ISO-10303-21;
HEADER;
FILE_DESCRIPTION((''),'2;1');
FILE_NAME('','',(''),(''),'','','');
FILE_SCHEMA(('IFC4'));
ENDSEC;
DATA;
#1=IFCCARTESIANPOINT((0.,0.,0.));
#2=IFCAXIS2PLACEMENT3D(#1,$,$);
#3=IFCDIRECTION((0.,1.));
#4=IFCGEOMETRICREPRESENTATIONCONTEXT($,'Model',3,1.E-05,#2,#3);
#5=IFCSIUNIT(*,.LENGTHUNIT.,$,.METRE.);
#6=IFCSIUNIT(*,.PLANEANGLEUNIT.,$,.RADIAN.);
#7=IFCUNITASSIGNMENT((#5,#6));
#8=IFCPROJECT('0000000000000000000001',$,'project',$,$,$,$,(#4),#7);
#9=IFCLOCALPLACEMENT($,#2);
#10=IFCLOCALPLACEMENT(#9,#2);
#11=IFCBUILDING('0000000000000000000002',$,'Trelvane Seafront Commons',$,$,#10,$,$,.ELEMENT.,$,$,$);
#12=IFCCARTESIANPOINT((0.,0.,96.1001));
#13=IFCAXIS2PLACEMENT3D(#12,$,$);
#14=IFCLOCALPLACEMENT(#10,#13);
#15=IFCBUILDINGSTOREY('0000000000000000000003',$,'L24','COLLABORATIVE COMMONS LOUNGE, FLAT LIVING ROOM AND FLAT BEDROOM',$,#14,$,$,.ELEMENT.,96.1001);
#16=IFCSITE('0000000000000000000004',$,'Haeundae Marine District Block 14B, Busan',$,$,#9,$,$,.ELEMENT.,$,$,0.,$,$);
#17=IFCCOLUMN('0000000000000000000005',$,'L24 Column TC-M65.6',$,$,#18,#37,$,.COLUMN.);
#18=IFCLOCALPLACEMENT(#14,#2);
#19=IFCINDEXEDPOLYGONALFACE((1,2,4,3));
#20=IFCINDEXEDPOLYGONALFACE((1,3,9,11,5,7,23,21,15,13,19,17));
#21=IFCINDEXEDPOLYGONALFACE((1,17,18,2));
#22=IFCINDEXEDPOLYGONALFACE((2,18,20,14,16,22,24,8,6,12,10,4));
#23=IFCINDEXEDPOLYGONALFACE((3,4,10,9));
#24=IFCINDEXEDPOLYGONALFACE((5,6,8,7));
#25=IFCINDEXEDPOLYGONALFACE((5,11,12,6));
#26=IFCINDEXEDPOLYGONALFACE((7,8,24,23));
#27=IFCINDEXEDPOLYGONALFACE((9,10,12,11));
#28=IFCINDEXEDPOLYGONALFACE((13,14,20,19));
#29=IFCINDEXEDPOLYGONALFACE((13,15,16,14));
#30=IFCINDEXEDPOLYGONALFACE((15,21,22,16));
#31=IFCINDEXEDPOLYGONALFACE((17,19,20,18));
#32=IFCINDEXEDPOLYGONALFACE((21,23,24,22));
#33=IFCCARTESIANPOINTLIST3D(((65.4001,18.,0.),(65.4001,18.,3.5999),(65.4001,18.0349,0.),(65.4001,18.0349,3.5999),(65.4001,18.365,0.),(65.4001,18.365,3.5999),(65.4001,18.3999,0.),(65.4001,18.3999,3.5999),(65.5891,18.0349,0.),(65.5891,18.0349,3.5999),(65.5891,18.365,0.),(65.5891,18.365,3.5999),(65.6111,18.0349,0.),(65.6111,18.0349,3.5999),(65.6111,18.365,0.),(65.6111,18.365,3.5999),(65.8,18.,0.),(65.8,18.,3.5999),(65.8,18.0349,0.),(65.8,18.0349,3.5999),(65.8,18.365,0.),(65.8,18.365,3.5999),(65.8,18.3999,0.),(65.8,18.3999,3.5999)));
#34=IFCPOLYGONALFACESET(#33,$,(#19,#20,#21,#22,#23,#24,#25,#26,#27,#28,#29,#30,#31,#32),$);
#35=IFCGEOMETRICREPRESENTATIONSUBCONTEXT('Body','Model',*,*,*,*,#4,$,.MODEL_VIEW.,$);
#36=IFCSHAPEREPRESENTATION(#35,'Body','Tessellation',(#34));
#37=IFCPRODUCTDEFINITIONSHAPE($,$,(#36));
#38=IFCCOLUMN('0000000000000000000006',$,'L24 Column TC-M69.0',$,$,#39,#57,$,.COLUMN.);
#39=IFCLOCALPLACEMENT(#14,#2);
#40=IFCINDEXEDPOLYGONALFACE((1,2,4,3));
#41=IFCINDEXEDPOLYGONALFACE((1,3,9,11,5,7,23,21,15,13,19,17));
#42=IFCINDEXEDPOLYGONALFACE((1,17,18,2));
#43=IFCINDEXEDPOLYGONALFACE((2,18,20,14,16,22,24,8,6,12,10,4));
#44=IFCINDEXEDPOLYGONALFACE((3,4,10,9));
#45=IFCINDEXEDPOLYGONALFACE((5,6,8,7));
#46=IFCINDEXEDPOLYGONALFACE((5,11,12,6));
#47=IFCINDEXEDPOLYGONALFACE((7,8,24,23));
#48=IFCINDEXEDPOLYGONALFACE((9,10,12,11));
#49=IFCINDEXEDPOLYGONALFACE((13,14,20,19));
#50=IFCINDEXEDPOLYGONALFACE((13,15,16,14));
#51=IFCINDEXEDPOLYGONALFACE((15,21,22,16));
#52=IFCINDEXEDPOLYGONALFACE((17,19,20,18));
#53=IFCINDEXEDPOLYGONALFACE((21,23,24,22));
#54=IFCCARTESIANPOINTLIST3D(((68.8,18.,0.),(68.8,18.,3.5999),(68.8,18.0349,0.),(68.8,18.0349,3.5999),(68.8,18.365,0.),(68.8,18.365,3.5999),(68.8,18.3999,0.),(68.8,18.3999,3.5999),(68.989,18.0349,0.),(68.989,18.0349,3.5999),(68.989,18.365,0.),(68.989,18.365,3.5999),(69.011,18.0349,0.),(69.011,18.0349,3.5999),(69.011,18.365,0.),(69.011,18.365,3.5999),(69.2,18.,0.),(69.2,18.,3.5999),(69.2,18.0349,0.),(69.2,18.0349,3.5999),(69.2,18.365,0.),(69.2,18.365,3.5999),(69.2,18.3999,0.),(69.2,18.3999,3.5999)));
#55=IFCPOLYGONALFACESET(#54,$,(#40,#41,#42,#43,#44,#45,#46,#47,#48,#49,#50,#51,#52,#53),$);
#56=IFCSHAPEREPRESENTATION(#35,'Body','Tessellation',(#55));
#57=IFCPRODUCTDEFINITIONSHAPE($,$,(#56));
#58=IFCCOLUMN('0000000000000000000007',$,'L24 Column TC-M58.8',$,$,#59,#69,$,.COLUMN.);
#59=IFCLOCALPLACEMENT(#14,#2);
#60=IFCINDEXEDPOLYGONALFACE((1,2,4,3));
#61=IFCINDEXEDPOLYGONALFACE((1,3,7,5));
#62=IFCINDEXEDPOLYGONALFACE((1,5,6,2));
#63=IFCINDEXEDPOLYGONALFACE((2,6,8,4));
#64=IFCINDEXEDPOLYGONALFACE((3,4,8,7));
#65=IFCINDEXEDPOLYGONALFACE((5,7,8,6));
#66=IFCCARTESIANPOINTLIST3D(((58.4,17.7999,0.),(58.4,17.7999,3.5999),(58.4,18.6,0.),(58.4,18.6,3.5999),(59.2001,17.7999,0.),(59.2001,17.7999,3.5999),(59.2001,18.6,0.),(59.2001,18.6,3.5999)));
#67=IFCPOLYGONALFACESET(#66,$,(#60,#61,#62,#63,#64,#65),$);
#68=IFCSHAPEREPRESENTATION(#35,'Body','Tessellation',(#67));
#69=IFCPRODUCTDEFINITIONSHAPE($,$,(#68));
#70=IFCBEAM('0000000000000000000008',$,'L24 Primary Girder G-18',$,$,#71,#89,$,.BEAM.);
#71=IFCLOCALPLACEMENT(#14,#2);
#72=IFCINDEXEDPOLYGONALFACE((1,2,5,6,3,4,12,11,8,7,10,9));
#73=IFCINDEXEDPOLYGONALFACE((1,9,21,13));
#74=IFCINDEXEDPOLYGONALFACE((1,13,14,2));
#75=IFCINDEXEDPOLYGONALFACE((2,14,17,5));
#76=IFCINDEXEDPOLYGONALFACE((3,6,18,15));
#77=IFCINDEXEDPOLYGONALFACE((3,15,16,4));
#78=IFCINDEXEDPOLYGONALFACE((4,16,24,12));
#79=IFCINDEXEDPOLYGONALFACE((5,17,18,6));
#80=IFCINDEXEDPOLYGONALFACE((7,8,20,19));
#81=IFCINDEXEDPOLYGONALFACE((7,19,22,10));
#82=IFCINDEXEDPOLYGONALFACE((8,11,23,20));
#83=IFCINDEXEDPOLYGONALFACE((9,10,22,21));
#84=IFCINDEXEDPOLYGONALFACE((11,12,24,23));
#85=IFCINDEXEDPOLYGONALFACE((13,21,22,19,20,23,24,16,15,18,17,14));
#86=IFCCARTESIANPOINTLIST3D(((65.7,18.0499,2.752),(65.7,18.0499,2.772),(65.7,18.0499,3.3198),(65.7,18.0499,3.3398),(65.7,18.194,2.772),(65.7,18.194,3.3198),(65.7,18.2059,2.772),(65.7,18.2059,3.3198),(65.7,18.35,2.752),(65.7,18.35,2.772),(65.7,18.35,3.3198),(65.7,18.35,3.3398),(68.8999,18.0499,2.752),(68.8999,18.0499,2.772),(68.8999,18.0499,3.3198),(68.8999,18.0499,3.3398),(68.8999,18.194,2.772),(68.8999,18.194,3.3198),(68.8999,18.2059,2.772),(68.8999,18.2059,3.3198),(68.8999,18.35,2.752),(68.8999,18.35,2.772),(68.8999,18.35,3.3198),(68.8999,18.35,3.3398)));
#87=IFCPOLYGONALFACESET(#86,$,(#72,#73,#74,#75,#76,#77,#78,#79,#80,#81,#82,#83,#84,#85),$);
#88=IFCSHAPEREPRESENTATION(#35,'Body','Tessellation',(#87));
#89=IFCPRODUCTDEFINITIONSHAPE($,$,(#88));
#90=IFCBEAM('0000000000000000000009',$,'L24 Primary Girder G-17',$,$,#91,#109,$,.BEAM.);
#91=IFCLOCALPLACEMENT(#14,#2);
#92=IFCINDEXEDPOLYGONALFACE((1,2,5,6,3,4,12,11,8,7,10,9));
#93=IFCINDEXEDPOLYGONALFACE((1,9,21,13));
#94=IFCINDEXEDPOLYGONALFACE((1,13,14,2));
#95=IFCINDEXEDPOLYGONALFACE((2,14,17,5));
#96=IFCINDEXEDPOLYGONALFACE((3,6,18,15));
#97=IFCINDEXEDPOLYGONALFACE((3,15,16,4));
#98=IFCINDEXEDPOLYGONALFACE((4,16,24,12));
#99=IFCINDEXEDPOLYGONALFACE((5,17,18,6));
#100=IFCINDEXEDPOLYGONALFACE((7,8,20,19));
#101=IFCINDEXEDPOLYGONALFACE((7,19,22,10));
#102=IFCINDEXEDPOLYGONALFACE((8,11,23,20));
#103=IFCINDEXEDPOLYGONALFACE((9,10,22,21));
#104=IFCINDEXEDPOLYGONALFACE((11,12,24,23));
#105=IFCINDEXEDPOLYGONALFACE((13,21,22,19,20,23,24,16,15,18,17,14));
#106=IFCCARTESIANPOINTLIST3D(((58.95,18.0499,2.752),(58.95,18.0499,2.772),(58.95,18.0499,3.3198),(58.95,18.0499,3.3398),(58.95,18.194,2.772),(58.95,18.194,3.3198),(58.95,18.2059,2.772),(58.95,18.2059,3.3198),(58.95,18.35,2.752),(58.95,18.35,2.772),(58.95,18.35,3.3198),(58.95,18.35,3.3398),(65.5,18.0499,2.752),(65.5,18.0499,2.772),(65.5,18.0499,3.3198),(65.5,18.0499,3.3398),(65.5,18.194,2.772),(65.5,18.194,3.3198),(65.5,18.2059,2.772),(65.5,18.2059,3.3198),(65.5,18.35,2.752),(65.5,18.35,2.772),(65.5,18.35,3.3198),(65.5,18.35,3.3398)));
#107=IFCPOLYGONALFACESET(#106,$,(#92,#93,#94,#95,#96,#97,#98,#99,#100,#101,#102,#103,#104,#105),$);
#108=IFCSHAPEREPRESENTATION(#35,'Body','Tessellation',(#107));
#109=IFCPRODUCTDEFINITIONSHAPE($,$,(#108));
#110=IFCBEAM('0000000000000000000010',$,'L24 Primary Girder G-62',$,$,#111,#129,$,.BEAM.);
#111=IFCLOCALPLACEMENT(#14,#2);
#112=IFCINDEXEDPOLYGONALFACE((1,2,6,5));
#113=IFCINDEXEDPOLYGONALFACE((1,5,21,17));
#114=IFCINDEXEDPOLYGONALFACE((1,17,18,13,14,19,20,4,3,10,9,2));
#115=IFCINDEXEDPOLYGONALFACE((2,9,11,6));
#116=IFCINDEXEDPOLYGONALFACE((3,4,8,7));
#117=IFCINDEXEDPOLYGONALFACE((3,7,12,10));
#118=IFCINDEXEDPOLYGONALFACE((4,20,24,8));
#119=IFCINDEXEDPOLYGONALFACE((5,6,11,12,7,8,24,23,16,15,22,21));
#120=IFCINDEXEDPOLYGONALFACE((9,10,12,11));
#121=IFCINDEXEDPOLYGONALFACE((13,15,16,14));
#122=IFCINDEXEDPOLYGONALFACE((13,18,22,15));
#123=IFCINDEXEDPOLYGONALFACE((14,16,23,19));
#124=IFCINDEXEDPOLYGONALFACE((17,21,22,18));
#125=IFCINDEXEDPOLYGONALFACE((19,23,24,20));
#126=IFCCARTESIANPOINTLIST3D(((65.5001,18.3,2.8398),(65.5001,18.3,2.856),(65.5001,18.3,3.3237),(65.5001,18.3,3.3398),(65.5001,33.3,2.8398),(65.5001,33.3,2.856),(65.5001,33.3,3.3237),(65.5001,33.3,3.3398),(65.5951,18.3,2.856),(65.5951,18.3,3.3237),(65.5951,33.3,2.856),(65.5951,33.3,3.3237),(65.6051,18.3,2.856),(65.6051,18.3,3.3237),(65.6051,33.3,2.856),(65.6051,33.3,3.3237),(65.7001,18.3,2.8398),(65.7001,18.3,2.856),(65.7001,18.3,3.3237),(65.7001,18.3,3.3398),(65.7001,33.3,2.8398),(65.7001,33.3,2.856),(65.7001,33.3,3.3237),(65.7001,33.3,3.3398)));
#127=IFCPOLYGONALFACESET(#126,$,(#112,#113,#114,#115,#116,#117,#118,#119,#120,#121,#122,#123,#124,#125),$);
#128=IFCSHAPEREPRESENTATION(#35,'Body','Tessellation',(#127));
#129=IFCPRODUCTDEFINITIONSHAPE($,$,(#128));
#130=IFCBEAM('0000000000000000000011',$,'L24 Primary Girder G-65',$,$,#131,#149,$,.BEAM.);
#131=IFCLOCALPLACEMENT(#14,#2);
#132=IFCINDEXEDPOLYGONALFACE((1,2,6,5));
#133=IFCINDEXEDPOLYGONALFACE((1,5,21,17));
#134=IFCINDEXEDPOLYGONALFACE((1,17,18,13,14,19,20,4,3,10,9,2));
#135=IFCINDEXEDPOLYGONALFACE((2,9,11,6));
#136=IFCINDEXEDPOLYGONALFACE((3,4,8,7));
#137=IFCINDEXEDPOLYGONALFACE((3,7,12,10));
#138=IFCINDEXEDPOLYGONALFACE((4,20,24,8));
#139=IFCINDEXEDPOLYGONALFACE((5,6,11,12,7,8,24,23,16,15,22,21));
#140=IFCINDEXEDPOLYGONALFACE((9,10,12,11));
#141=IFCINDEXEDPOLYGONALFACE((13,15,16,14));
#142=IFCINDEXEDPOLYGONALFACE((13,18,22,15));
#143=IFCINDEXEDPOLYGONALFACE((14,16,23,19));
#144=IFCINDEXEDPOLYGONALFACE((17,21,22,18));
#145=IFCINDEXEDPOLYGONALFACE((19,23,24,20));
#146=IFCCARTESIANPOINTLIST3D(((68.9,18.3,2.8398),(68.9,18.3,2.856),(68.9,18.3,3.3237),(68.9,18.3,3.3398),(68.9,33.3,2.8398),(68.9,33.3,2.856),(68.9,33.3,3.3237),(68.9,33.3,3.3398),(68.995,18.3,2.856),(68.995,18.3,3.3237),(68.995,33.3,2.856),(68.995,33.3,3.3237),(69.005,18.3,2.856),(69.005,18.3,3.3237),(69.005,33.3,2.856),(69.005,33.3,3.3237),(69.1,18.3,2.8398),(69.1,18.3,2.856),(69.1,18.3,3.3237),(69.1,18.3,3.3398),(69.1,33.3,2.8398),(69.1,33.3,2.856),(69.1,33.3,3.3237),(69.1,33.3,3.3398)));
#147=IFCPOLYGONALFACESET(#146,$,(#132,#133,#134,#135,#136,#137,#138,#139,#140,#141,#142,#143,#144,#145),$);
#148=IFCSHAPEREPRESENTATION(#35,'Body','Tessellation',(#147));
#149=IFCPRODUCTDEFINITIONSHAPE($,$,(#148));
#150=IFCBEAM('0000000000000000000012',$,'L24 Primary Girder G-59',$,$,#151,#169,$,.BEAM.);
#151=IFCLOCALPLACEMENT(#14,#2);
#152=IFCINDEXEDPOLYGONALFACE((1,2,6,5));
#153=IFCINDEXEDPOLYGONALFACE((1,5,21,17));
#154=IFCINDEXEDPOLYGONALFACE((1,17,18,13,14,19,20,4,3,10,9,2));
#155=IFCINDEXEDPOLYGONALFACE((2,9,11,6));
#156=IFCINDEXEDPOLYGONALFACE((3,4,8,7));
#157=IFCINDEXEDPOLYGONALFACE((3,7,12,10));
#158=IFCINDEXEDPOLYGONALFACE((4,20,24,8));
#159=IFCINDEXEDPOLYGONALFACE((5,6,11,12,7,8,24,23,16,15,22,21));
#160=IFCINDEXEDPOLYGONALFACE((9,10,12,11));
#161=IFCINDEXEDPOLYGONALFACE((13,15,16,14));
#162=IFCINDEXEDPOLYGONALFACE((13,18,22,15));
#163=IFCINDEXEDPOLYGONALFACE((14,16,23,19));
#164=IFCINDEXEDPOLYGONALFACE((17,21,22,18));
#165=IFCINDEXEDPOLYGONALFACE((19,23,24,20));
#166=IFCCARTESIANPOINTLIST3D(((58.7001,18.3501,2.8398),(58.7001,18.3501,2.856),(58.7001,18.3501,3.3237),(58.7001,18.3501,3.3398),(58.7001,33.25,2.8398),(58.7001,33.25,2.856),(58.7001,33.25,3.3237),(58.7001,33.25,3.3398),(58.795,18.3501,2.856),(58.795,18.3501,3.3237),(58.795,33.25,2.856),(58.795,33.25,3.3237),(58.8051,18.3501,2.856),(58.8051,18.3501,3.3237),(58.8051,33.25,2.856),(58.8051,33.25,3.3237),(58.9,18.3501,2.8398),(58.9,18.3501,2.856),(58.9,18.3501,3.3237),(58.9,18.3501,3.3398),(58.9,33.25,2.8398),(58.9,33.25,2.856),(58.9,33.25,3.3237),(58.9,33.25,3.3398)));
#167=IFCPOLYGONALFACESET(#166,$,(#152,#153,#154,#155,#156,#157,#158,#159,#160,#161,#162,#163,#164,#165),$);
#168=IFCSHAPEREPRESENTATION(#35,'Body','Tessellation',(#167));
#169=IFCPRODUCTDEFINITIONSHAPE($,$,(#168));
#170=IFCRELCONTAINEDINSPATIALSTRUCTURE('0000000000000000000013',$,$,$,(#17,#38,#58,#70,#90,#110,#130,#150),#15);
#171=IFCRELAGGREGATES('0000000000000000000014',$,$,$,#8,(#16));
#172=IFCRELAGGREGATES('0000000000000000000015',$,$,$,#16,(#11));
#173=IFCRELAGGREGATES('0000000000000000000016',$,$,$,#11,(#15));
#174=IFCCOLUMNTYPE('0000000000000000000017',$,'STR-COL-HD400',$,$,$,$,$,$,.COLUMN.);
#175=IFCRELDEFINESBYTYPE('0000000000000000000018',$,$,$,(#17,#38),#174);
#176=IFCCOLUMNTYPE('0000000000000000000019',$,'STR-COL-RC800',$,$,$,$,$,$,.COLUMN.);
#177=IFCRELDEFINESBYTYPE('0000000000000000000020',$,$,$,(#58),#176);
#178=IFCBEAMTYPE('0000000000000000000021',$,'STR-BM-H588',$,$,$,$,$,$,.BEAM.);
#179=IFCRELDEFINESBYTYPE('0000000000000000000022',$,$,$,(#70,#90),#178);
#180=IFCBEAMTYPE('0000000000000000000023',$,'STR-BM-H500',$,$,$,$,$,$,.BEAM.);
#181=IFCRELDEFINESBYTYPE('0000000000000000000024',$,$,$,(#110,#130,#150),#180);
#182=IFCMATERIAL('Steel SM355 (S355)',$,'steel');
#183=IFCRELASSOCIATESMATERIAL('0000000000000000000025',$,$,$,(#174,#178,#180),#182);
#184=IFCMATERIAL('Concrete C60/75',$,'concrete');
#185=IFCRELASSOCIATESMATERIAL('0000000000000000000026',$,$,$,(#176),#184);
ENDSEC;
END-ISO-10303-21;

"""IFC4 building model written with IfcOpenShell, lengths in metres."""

from ifc_helpers import new_model, si_unit, direction, frame, origin, origin_2d, place, context, subcontext, project, spatial, rectangle, i_section, extrude, source, transform, mapped, material, material_profile, profile_set, type_object, element, save


model = new_model("IFC4")

# Units and contexts
model_context = context("Model", 3, precision=1e-05, world=origin(), true_north=direction((0.0, 1.0)))
body_context = subcontext(model_context, "Body", "Model", "MODEL_VIEW")
ifc_project = project(units=[si_unit("LENGTHUNIT", "METRE"), si_unit("PLANEANGLEUNIT", "RADIAN")], contexts=[model_context])

# Site, building, storey
site_placement = place(None, origin())
site = spatial("IfcSite", under=ifc_project, at=site_placement, Name="Haeundae Marine District Block 14B, Busan", CompositionType="ELEMENT", RefElevation=0.0)
building_placement = place(site_placement, origin())
building = spatial("IfcBuilding", under=site, at=building_placement, Name="Trelvane Seafront Commons", CompositionType="ELEMENT")
storey_placement = place(building_placement, frame((0.0, 0.0, 96.1001)))
storey = spatial("IfcBuildingStorey", under=building, at=storey_placement, Name="L24", Description="COLLABORATIVE COMMONS LOUNGE, FLAT LIVING ROOM AND FLAT BEDROOM", CompositionType="ELEMENT", Elevation=96.1001)

# Columns
ifc_material_1 = material(Name="Steel SM355 (S355)", Category="steel")
ifc_material_profile_1 = material_profile(ifc_material_1, i_section(OverallWidth=0.3999, OverallDepth=0.3999, WebThickness=0.022, FlangeThickness=0.0349, at=origin_2d()), Name="HD-400x400x22x35")
ifc_profile_set_1 = profile_set([ifc_material_profile_1], Name="Steel SM355 (S355)")
column_type_1 = type_object("IfcColumnType", Name="STR-COL-HD400", PredefinedType="COLUMN", material=ifc_profile_set_1)
shared_shape_1 = source(origin(), body_context, "Body", "SweptSolid", [
    extrude(i_section(OverallWidth=0.3999, OverallDepth=0.3999, WebThickness=0.022, FlangeThickness=0.0349, at=origin_2d()), origin(), (0.0, 0.0, 1.0), 3.5999),
])
for number, where, z_axis, x_axis, name in (
    (1, (65.6001, 18.2, 0.0), (0.0, 0.0, 1.0), (1.0, 0.0, 0.0), "L24 Column TC-M65.6"),
    (2, (69.0, 18.2, 0.0), (0.0, 0.0, 1.0), (1.0, 0.0, 0.0), "L24 Column TC-M69.0"),
):
    element("IfcColumn", number, at=place(storey_placement, frame(where, z_axis=z_axis, x_axis=x_axis)), inside=storey, type_object=column_type_1, Name=name, PredefinedType="COLUMN", context=body_context, shape_type="MappedRepresentation", body=[
        mapped(shared_shape_1, transform((0.0, 0.0, 0.0), x_axis=(1.0, 0.0, 0.0), y_axis=(0.0, 1.0, 0.0), z_axis=(0.0, 0.0, 1.0), scale=1.0)),
    ])
ifc_material_2 = material(Name="Concrete C60/75", Category="concrete")
ifc_material_profile_2 = material_profile(ifc_material_2, rectangle(XDim=0.8, YDim=0.8, at=origin_2d()), Name="RC-800x800")
ifc_profile_set_2 = profile_set([ifc_material_profile_2], Name="Concrete C60/75")
column_type_2 = type_object("IfcColumnType", Name="STR-COL-RC800", PredefinedType="COLUMN", material=ifc_profile_set_2)
shared_shape_2 = source(origin(), body_context, "Body", "SweptSolid", [
    extrude(rectangle(XDim=0.8, YDim=0.8, at=origin_2d()), origin(), (0.0, 0.0, 1.0), 3.5999),
])
column_placement = place(storey_placement, frame((58.8, 18.2, 0.0), z_axis=(0.0, 0.0, 1.0), x_axis=(1.0, 0.0, 0.0)))
element("IfcColumn", 3, at=column_placement, inside=storey, type_object=column_type_2, Name="L24 Column TC-M58.8", PredefinedType="COLUMN", context=body_context, shape_type="MappedRepresentation", body=[
    mapped(shared_shape_2, transform((0.0, 0.0, 0.0), x_axis=(1.0, 0.0, 0.0), y_axis=(0.0, 1.0, 0.0), z_axis=(0.0, 0.0, 1.0), scale=1.0)),
])

# Beams
ifc_material_profile_3 = material_profile(ifc_material_1, i_section(OverallWidth=0.3, OverallDepth=0.5879, WebThickness=0.012, FlangeThickness=0.02, at=origin_2d()), Name="H-588x300x12x20")
ifc_profile_set_3 = profile_set([ifc_material_profile_3], Name="Steel SM355 (S355)")
beam_type_1 = type_object("IfcBeamType", Name="STR-BM-H588", PredefinedType="BEAM", material=ifc_profile_set_3)
shared_shape_3 = source(origin(), body_context, "Body", "SweptSolid", [
    extrude(i_section(OverallWidth=0.3, OverallDepth=0.5879, WebThickness=0.012, FlangeThickness=0.02, at=origin_2d()), origin(), (0.0, 0.0, 1.0), 3.2),
])
beam_1_placement = place(storey_placement, frame((65.7, 18.2, 3.0459), z_axis=(1.0, 0.0, 0.0), x_axis=(0.0, 1.0, 0.0)))
element("IfcBeam", 4, at=beam_1_placement, inside=storey, type_object=beam_type_1, Name="L24 Primary Girder G-18", PredefinedType="BEAM", context=body_context, shape_type="MappedRepresentation", body=[
    mapped(shared_shape_3, transform((0.0, 0.0, 0.0), x_axis=(1.0, 0.0, 0.0), y_axis=(0.0, 1.0, 0.0), z_axis=(0.0, 0.0, 1.0), scale=1.0)),
])
shared_shape_4 = source(origin(), body_context, "Body", "SweptSolid", [
    extrude(i_section(OverallWidth=0.3, OverallDepth=0.5879, WebThickness=0.012, FlangeThickness=0.02, at=origin_2d()), origin(), (0.0, 0.0, 1.0), 6.55),
])
beam_2_placement = place(storey_placement, frame((58.95, 18.2, 3.0459), z_axis=(1.0, 0.0, 0.0), x_axis=(0.0, 1.0, 0.0)))
element("IfcBeam", 5, at=beam_2_placement, inside=storey, type_object=beam_type_1, Name="L24 Primary Girder G-17", PredefinedType="BEAM", context=body_context, shape_type="MappedRepresentation", body=[
    mapped(shared_shape_4, transform((0.0, 0.0, 0.0), x_axis=(1.0, 0.0, 0.0), y_axis=(0.0, 1.0, 0.0), z_axis=(0.0, 0.0, 1.0), scale=1.0)),
])
ifc_material_profile_4 = material_profile(ifc_material_1, i_section(OverallWidth=0.2, OverallDepth=0.5, WebThickness=0.01, FlangeThickness=0.0161, at=origin_2d()), Name="H-500x200x10x16")
ifc_profile_set_4 = profile_set([ifc_material_profile_4], Name="Steel SM355 (S355)")
beam_type_2 = type_object("IfcBeamType", Name="STR-BM-H500", PredefinedType="BEAM", material=ifc_profile_set_4)
shared_shape_5 = source(origin(), body_context, "Body", "SweptSolid", [
    extrude(i_section(OverallWidth=0.2, OverallDepth=0.5, WebThickness=0.01, FlangeThickness=0.0161, at=origin_2d()), origin(), (0.0, 0.0, 1.0), 15.0),
])
for number, where, z_axis, x_axis, name in (
    (6, (65.6001, 18.3, 3.0898), (0.0, 1.0, 0.0), (-1.0, 0.0, 0.0), "L24 Primary Girder G-62"),
    (7, (69.0, 18.3, 3.0898), (0.0, 1.0, 0.0), (-1.0, 0.0, 0.0), "L24 Primary Girder G-65"),
):
    element("IfcBeam", number, at=place(storey_placement, frame(where, z_axis=z_axis, x_axis=x_axis)), inside=storey, type_object=beam_type_2, Name=name, PredefinedType="BEAM", context=body_context, shape_type="MappedRepresentation", body=[
        mapped(shared_shape_5, transform((0.0, 0.0, 0.0), x_axis=(1.0, 0.0, 0.0), y_axis=(0.0, 1.0, 0.0), z_axis=(0.0, 0.0, 1.0), scale=1.0)),
    ])
shared_shape_6 = source(origin(), body_context, "Body", "SweptSolid", [
    extrude(i_section(OverallWidth=0.2, OverallDepth=0.5, WebThickness=0.01, FlangeThickness=0.0161, at=origin_2d()), origin(), (0.0, 0.0, 1.0), 14.8999),
])
beam_3_placement = place(storey_placement, frame((58.8, 18.3501, 3.0898), z_axis=(0.0, 1.0, 0.0), x_axis=(-1.0, 0.0, 0.0)))
element("IfcBeam", 8, at=beam_3_placement, inside=storey, type_object=beam_type_2, Name="L24 Primary Girder G-59", PredefinedType="BEAM", context=body_context, shape_type="MappedRepresentation", body=[
    mapped(shared_shape_6, transform((0.0, 0.0, 0.0), x_axis=(1.0, 0.0, 0.0), y_axis=(0.0, 1.0, 0.0), z_axis=(0.0, 0.0, 1.0), scale=1.0)),
])

save(model, "model.ifc")
